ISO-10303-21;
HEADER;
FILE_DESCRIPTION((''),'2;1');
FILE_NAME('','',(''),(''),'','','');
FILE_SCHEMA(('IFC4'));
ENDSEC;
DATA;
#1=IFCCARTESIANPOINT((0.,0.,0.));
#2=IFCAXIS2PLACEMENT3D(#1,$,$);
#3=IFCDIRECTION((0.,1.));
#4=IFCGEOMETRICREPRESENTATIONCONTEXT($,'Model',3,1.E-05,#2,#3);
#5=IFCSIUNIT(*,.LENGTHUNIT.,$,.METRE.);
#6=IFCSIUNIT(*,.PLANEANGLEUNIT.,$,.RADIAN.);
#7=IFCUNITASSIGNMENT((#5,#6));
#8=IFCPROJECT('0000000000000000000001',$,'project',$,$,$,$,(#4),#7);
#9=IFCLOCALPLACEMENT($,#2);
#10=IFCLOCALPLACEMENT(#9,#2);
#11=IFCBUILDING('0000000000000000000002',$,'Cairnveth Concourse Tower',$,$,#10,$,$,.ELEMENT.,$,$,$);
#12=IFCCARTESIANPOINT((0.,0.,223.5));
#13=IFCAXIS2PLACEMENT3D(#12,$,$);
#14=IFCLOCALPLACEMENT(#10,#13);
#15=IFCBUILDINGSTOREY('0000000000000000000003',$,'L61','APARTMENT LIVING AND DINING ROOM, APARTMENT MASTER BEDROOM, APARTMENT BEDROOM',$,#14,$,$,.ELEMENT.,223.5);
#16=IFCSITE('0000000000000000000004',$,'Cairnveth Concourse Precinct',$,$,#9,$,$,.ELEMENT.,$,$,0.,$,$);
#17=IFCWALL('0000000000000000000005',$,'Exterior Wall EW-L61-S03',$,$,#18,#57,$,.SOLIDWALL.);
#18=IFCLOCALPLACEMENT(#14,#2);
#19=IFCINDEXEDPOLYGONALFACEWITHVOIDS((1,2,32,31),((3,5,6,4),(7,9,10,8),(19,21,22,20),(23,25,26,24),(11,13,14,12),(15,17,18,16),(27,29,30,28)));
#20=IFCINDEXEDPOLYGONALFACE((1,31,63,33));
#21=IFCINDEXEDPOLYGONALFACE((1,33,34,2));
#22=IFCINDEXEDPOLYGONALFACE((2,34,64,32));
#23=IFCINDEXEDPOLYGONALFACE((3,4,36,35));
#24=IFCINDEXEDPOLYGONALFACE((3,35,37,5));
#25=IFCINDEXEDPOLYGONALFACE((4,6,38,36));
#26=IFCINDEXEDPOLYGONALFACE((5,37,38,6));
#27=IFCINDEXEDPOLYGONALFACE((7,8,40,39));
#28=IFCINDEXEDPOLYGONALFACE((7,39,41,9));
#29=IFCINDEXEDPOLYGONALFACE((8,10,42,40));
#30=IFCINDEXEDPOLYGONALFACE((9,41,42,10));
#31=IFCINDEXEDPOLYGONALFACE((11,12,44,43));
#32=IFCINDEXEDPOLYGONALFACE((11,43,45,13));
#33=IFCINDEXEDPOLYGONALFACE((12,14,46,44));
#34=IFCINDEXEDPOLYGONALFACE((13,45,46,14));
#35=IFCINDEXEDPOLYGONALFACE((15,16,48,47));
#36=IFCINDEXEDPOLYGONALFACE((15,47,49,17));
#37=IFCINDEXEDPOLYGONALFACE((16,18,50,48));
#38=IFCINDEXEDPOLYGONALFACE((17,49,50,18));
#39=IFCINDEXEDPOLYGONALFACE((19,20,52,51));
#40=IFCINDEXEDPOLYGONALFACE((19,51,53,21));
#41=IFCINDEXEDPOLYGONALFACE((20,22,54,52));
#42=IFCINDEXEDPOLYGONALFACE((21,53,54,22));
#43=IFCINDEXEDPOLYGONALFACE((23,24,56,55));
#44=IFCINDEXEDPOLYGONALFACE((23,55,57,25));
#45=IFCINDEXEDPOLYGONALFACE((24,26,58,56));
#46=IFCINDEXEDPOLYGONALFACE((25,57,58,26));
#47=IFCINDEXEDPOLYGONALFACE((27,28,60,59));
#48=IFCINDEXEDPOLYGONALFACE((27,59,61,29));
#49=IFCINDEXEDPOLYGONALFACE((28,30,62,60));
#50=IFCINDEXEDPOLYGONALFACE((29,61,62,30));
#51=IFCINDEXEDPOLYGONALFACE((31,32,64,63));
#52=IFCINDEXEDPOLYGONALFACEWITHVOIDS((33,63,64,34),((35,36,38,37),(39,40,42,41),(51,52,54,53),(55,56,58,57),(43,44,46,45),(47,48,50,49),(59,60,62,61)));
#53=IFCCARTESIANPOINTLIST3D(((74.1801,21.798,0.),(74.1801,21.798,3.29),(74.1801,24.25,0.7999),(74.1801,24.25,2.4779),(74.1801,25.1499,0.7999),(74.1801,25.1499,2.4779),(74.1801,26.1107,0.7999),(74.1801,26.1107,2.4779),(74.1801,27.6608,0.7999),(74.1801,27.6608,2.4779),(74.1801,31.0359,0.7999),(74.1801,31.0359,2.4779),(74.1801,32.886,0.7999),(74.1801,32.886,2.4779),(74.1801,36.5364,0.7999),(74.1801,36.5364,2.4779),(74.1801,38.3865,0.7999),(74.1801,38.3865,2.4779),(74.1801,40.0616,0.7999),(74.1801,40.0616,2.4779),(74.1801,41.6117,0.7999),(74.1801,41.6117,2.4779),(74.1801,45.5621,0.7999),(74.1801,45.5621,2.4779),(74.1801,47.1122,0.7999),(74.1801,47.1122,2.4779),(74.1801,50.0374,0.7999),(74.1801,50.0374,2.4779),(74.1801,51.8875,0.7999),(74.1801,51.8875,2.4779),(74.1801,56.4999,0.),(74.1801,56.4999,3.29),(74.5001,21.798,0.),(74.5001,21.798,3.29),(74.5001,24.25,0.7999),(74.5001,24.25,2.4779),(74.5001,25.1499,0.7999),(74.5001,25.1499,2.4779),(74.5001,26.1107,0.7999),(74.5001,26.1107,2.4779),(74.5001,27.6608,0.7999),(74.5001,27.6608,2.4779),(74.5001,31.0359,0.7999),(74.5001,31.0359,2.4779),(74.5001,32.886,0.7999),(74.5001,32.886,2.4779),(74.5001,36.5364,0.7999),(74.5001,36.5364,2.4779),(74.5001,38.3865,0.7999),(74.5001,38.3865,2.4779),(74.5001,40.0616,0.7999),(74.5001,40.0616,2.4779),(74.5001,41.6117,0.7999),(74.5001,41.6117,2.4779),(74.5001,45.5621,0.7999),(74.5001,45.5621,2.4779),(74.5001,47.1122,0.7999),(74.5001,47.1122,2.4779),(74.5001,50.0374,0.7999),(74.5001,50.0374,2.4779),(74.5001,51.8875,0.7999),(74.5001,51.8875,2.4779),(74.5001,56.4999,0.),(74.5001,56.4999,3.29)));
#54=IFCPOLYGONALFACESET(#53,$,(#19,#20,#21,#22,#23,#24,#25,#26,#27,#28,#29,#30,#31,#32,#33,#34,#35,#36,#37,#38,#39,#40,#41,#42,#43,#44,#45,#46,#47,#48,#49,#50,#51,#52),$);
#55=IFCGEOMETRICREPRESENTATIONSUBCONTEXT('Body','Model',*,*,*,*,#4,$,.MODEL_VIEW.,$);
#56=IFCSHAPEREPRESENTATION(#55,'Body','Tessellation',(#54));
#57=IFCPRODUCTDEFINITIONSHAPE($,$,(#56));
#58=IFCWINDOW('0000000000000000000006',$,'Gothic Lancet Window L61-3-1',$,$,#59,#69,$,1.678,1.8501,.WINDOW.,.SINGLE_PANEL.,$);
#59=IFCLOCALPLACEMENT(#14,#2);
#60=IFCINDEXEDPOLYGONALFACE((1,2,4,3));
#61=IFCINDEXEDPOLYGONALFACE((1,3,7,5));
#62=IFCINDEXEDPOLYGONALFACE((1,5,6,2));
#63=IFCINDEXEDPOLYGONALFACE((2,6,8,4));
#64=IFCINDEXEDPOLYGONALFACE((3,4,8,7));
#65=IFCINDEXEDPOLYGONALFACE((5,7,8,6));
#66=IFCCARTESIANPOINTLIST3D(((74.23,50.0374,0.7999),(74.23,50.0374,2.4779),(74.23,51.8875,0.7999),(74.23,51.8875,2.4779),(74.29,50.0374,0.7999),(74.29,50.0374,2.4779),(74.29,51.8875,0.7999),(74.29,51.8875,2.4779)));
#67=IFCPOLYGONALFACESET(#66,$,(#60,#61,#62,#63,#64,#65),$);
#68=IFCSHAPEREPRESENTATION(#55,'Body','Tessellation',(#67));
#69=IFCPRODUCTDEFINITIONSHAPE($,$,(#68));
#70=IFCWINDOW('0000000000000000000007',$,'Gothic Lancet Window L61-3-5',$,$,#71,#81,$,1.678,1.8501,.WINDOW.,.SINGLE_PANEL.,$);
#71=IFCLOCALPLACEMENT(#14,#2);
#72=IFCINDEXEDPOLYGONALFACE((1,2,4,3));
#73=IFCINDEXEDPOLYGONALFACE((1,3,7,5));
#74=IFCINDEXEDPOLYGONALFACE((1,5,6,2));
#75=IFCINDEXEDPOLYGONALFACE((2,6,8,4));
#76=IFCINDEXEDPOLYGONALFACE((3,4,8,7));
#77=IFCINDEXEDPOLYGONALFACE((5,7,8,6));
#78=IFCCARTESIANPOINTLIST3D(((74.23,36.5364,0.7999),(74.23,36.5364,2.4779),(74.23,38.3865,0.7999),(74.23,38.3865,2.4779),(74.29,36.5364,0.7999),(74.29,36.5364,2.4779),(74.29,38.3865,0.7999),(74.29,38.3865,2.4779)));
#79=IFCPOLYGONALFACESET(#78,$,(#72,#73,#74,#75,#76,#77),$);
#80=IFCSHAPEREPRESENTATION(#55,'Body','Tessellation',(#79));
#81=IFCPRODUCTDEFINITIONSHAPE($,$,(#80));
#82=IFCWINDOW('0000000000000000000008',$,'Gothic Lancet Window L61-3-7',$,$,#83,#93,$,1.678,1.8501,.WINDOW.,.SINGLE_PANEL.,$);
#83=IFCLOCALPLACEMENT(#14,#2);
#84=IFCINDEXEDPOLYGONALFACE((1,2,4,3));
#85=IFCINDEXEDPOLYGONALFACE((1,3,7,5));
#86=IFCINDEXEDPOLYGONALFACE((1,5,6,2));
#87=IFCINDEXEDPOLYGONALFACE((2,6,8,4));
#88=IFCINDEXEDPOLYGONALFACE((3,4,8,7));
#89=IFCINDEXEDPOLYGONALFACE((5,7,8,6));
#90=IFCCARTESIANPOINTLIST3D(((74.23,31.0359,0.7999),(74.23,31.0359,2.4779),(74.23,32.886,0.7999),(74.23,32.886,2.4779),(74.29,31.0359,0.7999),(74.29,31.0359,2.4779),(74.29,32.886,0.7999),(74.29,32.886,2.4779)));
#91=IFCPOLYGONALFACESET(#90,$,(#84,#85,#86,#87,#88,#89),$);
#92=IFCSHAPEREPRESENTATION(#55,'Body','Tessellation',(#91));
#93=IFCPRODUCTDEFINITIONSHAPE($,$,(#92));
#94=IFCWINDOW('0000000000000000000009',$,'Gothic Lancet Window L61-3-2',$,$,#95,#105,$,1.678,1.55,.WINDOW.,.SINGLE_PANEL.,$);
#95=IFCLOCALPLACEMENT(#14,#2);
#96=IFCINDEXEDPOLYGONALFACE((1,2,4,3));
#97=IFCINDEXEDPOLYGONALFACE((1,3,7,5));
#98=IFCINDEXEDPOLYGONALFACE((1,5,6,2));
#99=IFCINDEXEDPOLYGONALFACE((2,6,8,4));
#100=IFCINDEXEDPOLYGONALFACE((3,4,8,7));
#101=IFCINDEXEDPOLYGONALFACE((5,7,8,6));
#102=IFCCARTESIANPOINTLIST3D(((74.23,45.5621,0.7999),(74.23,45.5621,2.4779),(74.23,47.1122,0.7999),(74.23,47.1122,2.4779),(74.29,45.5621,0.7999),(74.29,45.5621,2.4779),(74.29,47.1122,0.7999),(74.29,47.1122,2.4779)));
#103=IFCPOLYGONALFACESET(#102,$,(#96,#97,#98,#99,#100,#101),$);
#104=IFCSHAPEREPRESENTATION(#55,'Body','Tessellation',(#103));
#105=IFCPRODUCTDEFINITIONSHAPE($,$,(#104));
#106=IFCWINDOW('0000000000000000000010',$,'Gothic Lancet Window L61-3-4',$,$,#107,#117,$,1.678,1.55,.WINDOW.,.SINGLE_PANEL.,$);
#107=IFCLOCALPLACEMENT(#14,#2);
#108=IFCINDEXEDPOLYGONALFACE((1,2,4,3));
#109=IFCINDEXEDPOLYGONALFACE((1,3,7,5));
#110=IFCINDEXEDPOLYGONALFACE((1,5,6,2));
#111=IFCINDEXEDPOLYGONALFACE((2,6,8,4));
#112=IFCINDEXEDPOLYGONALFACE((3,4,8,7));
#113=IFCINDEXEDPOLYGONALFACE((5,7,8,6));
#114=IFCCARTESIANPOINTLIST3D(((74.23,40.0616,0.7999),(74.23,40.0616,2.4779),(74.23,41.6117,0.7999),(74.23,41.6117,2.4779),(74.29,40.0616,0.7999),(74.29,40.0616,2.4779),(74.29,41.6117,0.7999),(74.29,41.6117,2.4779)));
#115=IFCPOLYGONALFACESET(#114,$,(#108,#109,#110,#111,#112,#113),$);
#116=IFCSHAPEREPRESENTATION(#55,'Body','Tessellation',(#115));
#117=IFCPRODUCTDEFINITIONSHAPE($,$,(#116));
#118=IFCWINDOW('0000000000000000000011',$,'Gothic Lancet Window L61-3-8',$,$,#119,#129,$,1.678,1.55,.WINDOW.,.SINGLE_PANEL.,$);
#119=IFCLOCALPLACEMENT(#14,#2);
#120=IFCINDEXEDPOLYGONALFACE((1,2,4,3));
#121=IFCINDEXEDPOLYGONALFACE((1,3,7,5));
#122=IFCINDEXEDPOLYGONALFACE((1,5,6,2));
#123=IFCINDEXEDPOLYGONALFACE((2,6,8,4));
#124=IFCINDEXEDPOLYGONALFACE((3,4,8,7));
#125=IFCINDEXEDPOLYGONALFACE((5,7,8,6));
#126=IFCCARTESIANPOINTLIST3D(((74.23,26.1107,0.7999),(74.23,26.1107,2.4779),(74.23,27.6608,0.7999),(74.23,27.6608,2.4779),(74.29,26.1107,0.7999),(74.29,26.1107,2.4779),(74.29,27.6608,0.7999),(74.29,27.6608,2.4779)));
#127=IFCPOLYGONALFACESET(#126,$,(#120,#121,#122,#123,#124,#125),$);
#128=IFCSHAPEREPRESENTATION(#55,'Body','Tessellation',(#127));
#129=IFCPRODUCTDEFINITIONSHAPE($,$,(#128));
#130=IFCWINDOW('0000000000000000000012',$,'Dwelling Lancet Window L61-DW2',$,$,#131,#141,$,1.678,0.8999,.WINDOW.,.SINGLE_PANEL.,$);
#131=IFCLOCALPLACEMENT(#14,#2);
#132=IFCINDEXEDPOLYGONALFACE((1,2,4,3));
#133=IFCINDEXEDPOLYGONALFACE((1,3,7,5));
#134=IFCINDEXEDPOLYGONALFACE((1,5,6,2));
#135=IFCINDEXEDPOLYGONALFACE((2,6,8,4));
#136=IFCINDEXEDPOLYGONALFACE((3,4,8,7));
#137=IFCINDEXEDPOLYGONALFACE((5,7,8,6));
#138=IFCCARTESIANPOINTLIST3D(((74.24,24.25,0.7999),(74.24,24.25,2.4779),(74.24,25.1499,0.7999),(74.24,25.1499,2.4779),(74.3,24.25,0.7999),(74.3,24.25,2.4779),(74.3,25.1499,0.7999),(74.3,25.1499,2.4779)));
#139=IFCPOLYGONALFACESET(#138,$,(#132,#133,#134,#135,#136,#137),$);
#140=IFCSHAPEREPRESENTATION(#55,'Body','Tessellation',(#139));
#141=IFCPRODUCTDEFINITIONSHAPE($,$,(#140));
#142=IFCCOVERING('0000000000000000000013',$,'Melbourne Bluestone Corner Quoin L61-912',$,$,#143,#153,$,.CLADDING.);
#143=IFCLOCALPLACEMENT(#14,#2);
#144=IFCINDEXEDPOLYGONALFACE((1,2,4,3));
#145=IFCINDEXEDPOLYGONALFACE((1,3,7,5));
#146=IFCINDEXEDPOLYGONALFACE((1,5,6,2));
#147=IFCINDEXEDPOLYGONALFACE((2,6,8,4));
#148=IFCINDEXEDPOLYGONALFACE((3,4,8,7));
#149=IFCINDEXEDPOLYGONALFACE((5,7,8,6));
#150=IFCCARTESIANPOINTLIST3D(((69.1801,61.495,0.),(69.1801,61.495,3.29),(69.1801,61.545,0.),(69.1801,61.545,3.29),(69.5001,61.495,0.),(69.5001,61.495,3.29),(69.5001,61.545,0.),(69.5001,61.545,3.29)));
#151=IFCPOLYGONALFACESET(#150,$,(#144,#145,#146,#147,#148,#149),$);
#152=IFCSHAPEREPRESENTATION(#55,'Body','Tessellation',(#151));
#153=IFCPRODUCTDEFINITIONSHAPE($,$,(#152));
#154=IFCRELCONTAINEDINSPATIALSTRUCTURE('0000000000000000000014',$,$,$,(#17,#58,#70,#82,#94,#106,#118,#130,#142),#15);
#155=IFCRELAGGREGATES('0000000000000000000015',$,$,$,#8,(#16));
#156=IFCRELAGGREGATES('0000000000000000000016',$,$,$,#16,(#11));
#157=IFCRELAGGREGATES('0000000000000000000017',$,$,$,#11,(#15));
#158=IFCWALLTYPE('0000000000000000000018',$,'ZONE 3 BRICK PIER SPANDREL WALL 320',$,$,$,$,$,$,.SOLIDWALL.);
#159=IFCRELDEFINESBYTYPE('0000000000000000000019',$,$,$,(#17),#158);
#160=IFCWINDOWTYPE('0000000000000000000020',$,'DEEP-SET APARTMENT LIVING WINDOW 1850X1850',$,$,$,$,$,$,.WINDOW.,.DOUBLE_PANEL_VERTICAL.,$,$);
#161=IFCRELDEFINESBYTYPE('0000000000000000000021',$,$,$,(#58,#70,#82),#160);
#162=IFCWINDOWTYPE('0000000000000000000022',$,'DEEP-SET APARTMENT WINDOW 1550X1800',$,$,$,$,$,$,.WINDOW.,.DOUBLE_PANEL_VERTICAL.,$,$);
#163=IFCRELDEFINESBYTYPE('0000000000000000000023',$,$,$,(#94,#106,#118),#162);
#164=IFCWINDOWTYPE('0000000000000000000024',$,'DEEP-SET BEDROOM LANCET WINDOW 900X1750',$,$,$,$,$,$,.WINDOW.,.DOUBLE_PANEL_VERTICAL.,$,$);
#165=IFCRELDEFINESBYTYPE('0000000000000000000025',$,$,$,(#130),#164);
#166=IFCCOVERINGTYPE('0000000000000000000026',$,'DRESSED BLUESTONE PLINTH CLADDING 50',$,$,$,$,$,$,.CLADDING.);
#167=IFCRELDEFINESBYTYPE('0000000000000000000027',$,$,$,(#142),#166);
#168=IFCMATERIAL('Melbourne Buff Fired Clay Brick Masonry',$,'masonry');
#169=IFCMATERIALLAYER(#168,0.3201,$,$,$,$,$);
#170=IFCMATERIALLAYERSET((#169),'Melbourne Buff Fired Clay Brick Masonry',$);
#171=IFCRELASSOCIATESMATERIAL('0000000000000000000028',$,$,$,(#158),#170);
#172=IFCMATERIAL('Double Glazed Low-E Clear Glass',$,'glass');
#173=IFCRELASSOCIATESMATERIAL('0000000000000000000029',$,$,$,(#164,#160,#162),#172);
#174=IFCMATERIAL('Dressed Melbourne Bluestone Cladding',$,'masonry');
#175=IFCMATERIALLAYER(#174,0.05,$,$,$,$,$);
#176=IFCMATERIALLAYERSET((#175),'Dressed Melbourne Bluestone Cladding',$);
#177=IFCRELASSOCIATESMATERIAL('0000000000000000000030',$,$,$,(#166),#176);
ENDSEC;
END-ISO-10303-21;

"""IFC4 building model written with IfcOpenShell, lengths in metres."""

from ifc_helpers import new_model, si_unit, direction, frame, frame_2d, origin, place, context, subcontext, project, spatial, rectangle, extrude, material, layer, layer_set, type_object, element, fill, save


model = new_model("IFC4")

# Units and contexts
model_context = context("Model", 3, precision=1e-05, world=origin(), true_north=direction((0.0, 1.0)))
body_context = subcontext(model_context, "Body", "Model", "MODEL_VIEW")
ifc_project = project(units=[si_unit("LENGTHUNIT", "METRE"), si_unit("PLANEANGLEUNIT", "RADIAN")], contexts=[model_context])

# Site, building, storey
site_placement = place(None, origin())
site = spatial("IfcSite", under=ifc_project, at=site_placement, Name="Cairnveth Concourse Precinct", CompositionType="ELEMENT", RefElevation=0.0)
building_placement = place(site_placement, origin())
building = spatial("IfcBuilding", under=site, at=building_placement, Name="Cairnveth Concourse Tower", CompositionType="ELEMENT")
storey_placement = place(building_placement, frame((0.0, 0.0, 223.5)))
storey = spatial("IfcBuildingStorey", under=building, at=storey_placement, Name="L61", Description="APARTMENT LIVING AND DINING ROOM, APARTMENT MASTER BEDROOM, APARTMENT BEDROOM", CompositionType="ELEMENT", Elevation=223.5)

# Shared definitions
ifc_material_1 = material(Name="Melbourne Buff Fired Clay Brick Masonry", Category="masonry")
ifc_layer_1 = layer(ifc_material_1, 0.3201)
ifc_layer_set_1 = layer_set([ifc_layer_1], Name="Melbourne Buff Fired Clay Brick Masonry")
wall_type = type_object("IfcWallType", Name="ZONE 3 BRICK PIER SPANDREL WALL 320", PredefinedType="SOLIDWALL", material=ifc_layer_set_1)

# Shared definitions
ifc_material_2 = material(Name="Double Glazed Low-E Clear Glass", Category="glass")
window_type_1 = type_object("IfcWindowType", Name="DEEP-SET BEDROOM LANCET WINDOW 900X1750", PartitioningType="DOUBLE_PANEL_VERTICAL", PredefinedType="WINDOW", material=ifc_material_2)

# Wall, openings, windows
wall_1_placement = place(storey_placement, frame((74.3401, 56.5, 0.0), z_axis=(0.0, 0.0, 1.0), x_axis=(0.0, -1.0, 0.0)))
wall_1 = element("IfcWall", 1, at=wall_1_placement, inside=storey, type_object=wall_type, Name="Exterior Wall EW-L61-S03", PredefinedType="SOLIDWALL", context=body_context, shape_type="SweptSolid", body=[
    extrude(rectangle(XDim=34.7019, YDim=0.3201, at=frame_2d((17.3511, 0.0))), origin(), (0.0, 0.0, 1.0), 3.29),
])
opening_1_placement = place(wall_1_placement, frame((4.6125, 0.0, 0.8)))
opening_1 = element("IfcOpeningElement", 2, at=opening_1_placement, cuts=wall_1, PredefinedType="OPENING", context=body_context, shape_type="SweptSolid", body=[
    extrude(rectangle(XDim=1.8501, YDim=1.678, at=frame_2d((0.925, 0.8389))), frame((0.0, 0.1699, 0.0), z_axis=(0.0, -1.0, 0.0), x_axis=(1.0, 0.0, 0.0)), (0.0, 0.0, 1.0), 0.3401),
])
opening_2_placement = place(wall_1_placement, frame((9.3879, 0.0, 0.8)))
opening_2 = element("IfcOpeningElement", 3, at=opening_2_placement, cuts=wall_1, PredefinedType="OPENING", context=body_context, shape_type="SweptSolid", body=[
    extrude(rectangle(XDim=1.55, YDim=1.678, at=frame_2d((0.7749, 0.8389))), frame((0.0, 0.1699, 0.0), z_axis=(0.0, -1.0, 0.0), x_axis=(1.0, 0.0, 0.0)), (0.0, 0.0, 1.0), 0.3401),
])
opening_3_placement = place(wall_1_placement, frame((14.8884, 0.0, 0.8)))
opening_3 = element("IfcOpeningElement", 4, at=opening_3_placement, cuts=wall_1, PredefinedType="OPENING", context=body_context, shape_type="SweptSolid", body=[
    extrude(rectangle(XDim=1.55, YDim=1.678, at=frame_2d((0.7749, 0.8389))), frame((0.0, 0.1699, 0.0), z_axis=(0.0, -1.0, 0.0), x_axis=(1.0, 0.0, 0.0)), (0.0, 0.0, 1.0), 0.3401),
])
opening_4_placement = place(wall_1_placement, frame((18.1135, 0.0, 0.8)))
opening_4 = element("IfcOpeningElement", 5, at=opening_4_placement, cuts=wall_1, PredefinedType="OPENING", context=body_context, shape_type="SweptSolid", body=[
    extrude(rectangle(XDim=1.8501, YDim=1.678, at=frame_2d((0.925, 0.8389))), frame((0.0, 0.1699, 0.0), z_axis=(0.0, -1.0, 0.0), x_axis=(1.0, 0.0, 0.0)), (0.0, 0.0, 1.0), 0.3401),
])
opening_5_placement = place(wall_1_placement, frame((23.614, 0.0, 0.8)))
opening_5 = element("IfcOpeningElement", 6, at=opening_5_placement, cuts=wall_1, PredefinedType="OPENING", context=body_context, shape_type="SweptSolid", body=[
    extrude(rectangle(XDim=1.8501, YDim=1.678, at=frame_2d((0.925, 0.8389))), frame((0.0, 0.1699, 0.0), z_axis=(0.0, -1.0, 0.0), x_axis=(1.0, 0.0, 0.0)), (0.0, 0.0, 1.0), 0.3401),
])
opening_6_placement = place(wall_1_placement, frame((28.8394, 0.0, 0.8)))
opening_6 = element("IfcOpeningElement", 7, at=opening_6_placement, cuts=wall_1, PredefinedType="OPENING", context=body_context, shape_type="SweptSolid", body=[
    extrude(rectangle(XDim=1.55, YDim=1.678, at=frame_2d((0.7749, 0.8389))), frame((0.0, 0.1699, 0.0), z_axis=(0.0, -1.0, 0.0), x_axis=(1.0, 0.0, 0.0)), (0.0, 0.0, 1.0), 0.3401),
])
opening_7_placement = place(wall_1_placement, frame((31.3501, 0.0, 0.8)))
opening_7 = element("IfcOpeningElement", 8, at=opening_7_placement, cuts=wall_1, PredefinedType="OPENING", context=body_context, shape_type="SweptSolid", body=[
    extrude(rectangle(XDim=0.8999, YDim=1.678, at=frame_2d((0.45, 0.8389))), frame((0.0, 0.1699, 0.0), z_axis=(0.0, -1.0, 0.0), x_axis=(1.0, 0.0, 0.0)), (0.0, 0.0, 1.0), 0.3401),
])
window_type_2 = type_object("IfcWindowType", Name="DEEP-SET APARTMENT LIVING WINDOW 1850X1850", PartitioningType="DOUBLE_PANEL_VERTICAL", PredefinedType="WINDOW", material=ifc_material_2)
window_1_placement = place(opening_1_placement, origin())
window_1 = element("IfcWindow", 9, at=window_1_placement, inside=storey, type_object=window_type_2, Name="Gothic Lancet Window L61-3-1", OverallHeight=1.678, OverallWidth=1.8501, PartitioningType="SINGLE_PANEL", PredefinedType="WINDOW", context=body_context, shape_type="SweptSolid", body=[
    extrude(rectangle(XDim=1.8501, YDim=1.678, at=frame_2d((0.925, 0.8389))), frame((0.0, -0.05, 0.0), z_axis=(0.0, -1.0, 0.0), x_axis=(1.0, 0.0, 0.0)), (0.0, 0.0, 1.0), 0.0601),
])
fill(opening_1, window_1)
window_2_placement = place(opening_4_placement, origin())
window_2 = element("IfcWindow", 10, at=window_2_placement, inside=storey, type_object=window_type_2, Name="Gothic Lancet Window L61-3-5", OverallHeight=1.678, OverallWidth=1.8501, PartitioningType="SINGLE_PANEL", PredefinedType="WINDOW", context=body_context, shape_type="SweptSolid", body=[
    extrude(rectangle(XDim=1.8501, YDim=1.678, at=frame_2d((0.925, 0.8389))), frame((0.0, -0.05, 0.0), z_axis=(0.0, -1.0, 0.0), x_axis=(1.0, 0.0, 0.0)), (0.0, 0.0, 1.0), 0.0601),
])
fill(opening_4, window_2)
window_3_placement = place(opening_5_placement, origin())
window_3 = element("IfcWindow", 11, at=window_3_placement, inside=storey, type_object=window_type_2, Name="Gothic Lancet Window L61-3-7", OverallHeight=1.678, OverallWidth=1.8501, PartitioningType="SINGLE_PANEL", PredefinedType="WINDOW", context=body_context, shape_type="SweptSolid", body=[
    extrude(rectangle(XDim=1.8501, YDim=1.678, at=frame_2d((0.925, 0.8389))), frame((0.0, -0.05, 0.0), z_axis=(0.0, -1.0, 0.0), x_axis=(1.0, 0.0, 0.0)), (0.0, 0.0, 1.0), 0.0601),
])
fill(opening_5, window_3)
window_type_3 = type_object("IfcWindowType", Name="DEEP-SET APARTMENT WINDOW 1550X1800", PartitioningType="DOUBLE_PANEL_VERTICAL", PredefinedType="WINDOW", material=ifc_material_2)
window_4_placement = place(opening_2_placement, origin())
window_4 = element("IfcWindow", 12, at=window_4_placement, inside=storey, type_object=window_type_3, Name="Gothic Lancet Window L61-3-2", OverallHeight=1.678, OverallWidth=1.55, PartitioningType="SINGLE_PANEL", PredefinedType="WINDOW", context=body_context, shape_type="SweptSolid", body=[
    extrude(rectangle(XDim=1.55, YDim=1.678, at=frame_2d((0.7749, 0.8389))), frame((0.0, -0.05, 0.0), z_axis=(0.0, -1.0, 0.0), x_axis=(1.0, 0.0, 0.0)), (0.0, 0.0, 1.0), 0.0601),
])
fill(opening_2, window_4)
window_5_placement = place(opening_3_placement, origin())
window_5 = element("IfcWindow", 13, at=window_5_placement, inside=storey, type_object=window_type_3, Name="Gothic Lancet Window L61-3-4", OverallHeight=1.678, OverallWidth=1.55, PartitioningType="SINGLE_PANEL", PredefinedType="WINDOW", context=body_context, shape_type="SweptSolid", body=[
    extrude(rectangle(XDim=1.55, YDim=1.678, at=frame_2d((0.7749, 0.8389))), frame((0.0, -0.05, 0.0), z_axis=(0.0, -1.0, 0.0), x_axis=(1.0, 0.0, 0.0)), (0.0, 0.0, 1.0), 0.0601),
])
fill(opening_3, window_5)
window_6_placement = place(opening_6_placement, origin())
window_6 = element("IfcWindow", 14, at=window_6_placement, inside=storey, type_object=window_type_3, Name="Gothic Lancet Window L61-3-8", OverallHeight=1.678, OverallWidth=1.55, PartitioningType="SINGLE_PANEL", PredefinedType="WINDOW", context=body_context, shape_type="SweptSolid", body=[
    extrude(rectangle(XDim=1.55, YDim=1.678, at=frame_2d((0.7749, 0.8389))), frame((0.0, -0.05, 0.0), z_axis=(0.0, -1.0, 0.0), x_axis=(1.0, 0.0, 0.0)), (0.0, 0.0, 1.0), 0.0601),
])
fill(opening_6, window_6)
window_7_placement = place(opening_7_placement, origin())
window_7 = element("IfcWindow", 15, at=window_7_placement, inside=storey, type_object=window_type_1, Name="Dwelling Lancet Window L61-DW2", OverallHeight=1.678, OverallWidth=0.8999, PartitioningType="SINGLE_PANEL", PredefinedType="WINDOW", context=body_context, shape_type="SweptSolid", body=[
    extrude(rectangle(XDim=0.8999, YDim=1.678, at=frame_2d((0.45, 0.8389))), frame((0.0, -0.04, 0.0), z_axis=(0.0, -1.0, 0.0), x_axis=(1.0, 0.0, 0.0)), (0.0, 0.0, 1.0), 0.0601),
])
fill(opening_7, window_7)

# Covering
ifc_material_3 = material(Name="Dressed Melbourne Bluestone Cladding", Category="masonry")
ifc_layer_2 = layer(ifc_material_3, 0.05)
ifc_layer_set_2 = layer_set([ifc_layer_2], Name="Dressed Melbourne Bluestone Cladding")
covering_type = type_object("IfcCoveringType", Name="DRESSED BLUESTONE PLINTH CLADDING 50", PredefinedType="CLADDING", material=ifc_layer_set_2)
for number, where, z_axis, x_axis, name in (
    (16, (69.1799, 61.52, 0.0), (0.0, 0.0, 1.0), (1.0, 0.0, 0.0), "Melbourne Bluestone Corner Quoin L61-912"),
):
    element("IfcCovering", number, at=place(storey_placement, frame(where, z_axis=z_axis, x_axis=x_axis)), inside=storey, type_object=covering_type, Name=name, PredefinedType="CLADDING", context=body_context, shape_type="SweptSolid", body=[
        extrude(rectangle(XDim=0.3201, YDim=0.05, at=frame_2d((0.1602, 0.0))), origin(), (0.0, 0.0, 1.0), 3.29),
    ])

save(model, "model.ifc")
